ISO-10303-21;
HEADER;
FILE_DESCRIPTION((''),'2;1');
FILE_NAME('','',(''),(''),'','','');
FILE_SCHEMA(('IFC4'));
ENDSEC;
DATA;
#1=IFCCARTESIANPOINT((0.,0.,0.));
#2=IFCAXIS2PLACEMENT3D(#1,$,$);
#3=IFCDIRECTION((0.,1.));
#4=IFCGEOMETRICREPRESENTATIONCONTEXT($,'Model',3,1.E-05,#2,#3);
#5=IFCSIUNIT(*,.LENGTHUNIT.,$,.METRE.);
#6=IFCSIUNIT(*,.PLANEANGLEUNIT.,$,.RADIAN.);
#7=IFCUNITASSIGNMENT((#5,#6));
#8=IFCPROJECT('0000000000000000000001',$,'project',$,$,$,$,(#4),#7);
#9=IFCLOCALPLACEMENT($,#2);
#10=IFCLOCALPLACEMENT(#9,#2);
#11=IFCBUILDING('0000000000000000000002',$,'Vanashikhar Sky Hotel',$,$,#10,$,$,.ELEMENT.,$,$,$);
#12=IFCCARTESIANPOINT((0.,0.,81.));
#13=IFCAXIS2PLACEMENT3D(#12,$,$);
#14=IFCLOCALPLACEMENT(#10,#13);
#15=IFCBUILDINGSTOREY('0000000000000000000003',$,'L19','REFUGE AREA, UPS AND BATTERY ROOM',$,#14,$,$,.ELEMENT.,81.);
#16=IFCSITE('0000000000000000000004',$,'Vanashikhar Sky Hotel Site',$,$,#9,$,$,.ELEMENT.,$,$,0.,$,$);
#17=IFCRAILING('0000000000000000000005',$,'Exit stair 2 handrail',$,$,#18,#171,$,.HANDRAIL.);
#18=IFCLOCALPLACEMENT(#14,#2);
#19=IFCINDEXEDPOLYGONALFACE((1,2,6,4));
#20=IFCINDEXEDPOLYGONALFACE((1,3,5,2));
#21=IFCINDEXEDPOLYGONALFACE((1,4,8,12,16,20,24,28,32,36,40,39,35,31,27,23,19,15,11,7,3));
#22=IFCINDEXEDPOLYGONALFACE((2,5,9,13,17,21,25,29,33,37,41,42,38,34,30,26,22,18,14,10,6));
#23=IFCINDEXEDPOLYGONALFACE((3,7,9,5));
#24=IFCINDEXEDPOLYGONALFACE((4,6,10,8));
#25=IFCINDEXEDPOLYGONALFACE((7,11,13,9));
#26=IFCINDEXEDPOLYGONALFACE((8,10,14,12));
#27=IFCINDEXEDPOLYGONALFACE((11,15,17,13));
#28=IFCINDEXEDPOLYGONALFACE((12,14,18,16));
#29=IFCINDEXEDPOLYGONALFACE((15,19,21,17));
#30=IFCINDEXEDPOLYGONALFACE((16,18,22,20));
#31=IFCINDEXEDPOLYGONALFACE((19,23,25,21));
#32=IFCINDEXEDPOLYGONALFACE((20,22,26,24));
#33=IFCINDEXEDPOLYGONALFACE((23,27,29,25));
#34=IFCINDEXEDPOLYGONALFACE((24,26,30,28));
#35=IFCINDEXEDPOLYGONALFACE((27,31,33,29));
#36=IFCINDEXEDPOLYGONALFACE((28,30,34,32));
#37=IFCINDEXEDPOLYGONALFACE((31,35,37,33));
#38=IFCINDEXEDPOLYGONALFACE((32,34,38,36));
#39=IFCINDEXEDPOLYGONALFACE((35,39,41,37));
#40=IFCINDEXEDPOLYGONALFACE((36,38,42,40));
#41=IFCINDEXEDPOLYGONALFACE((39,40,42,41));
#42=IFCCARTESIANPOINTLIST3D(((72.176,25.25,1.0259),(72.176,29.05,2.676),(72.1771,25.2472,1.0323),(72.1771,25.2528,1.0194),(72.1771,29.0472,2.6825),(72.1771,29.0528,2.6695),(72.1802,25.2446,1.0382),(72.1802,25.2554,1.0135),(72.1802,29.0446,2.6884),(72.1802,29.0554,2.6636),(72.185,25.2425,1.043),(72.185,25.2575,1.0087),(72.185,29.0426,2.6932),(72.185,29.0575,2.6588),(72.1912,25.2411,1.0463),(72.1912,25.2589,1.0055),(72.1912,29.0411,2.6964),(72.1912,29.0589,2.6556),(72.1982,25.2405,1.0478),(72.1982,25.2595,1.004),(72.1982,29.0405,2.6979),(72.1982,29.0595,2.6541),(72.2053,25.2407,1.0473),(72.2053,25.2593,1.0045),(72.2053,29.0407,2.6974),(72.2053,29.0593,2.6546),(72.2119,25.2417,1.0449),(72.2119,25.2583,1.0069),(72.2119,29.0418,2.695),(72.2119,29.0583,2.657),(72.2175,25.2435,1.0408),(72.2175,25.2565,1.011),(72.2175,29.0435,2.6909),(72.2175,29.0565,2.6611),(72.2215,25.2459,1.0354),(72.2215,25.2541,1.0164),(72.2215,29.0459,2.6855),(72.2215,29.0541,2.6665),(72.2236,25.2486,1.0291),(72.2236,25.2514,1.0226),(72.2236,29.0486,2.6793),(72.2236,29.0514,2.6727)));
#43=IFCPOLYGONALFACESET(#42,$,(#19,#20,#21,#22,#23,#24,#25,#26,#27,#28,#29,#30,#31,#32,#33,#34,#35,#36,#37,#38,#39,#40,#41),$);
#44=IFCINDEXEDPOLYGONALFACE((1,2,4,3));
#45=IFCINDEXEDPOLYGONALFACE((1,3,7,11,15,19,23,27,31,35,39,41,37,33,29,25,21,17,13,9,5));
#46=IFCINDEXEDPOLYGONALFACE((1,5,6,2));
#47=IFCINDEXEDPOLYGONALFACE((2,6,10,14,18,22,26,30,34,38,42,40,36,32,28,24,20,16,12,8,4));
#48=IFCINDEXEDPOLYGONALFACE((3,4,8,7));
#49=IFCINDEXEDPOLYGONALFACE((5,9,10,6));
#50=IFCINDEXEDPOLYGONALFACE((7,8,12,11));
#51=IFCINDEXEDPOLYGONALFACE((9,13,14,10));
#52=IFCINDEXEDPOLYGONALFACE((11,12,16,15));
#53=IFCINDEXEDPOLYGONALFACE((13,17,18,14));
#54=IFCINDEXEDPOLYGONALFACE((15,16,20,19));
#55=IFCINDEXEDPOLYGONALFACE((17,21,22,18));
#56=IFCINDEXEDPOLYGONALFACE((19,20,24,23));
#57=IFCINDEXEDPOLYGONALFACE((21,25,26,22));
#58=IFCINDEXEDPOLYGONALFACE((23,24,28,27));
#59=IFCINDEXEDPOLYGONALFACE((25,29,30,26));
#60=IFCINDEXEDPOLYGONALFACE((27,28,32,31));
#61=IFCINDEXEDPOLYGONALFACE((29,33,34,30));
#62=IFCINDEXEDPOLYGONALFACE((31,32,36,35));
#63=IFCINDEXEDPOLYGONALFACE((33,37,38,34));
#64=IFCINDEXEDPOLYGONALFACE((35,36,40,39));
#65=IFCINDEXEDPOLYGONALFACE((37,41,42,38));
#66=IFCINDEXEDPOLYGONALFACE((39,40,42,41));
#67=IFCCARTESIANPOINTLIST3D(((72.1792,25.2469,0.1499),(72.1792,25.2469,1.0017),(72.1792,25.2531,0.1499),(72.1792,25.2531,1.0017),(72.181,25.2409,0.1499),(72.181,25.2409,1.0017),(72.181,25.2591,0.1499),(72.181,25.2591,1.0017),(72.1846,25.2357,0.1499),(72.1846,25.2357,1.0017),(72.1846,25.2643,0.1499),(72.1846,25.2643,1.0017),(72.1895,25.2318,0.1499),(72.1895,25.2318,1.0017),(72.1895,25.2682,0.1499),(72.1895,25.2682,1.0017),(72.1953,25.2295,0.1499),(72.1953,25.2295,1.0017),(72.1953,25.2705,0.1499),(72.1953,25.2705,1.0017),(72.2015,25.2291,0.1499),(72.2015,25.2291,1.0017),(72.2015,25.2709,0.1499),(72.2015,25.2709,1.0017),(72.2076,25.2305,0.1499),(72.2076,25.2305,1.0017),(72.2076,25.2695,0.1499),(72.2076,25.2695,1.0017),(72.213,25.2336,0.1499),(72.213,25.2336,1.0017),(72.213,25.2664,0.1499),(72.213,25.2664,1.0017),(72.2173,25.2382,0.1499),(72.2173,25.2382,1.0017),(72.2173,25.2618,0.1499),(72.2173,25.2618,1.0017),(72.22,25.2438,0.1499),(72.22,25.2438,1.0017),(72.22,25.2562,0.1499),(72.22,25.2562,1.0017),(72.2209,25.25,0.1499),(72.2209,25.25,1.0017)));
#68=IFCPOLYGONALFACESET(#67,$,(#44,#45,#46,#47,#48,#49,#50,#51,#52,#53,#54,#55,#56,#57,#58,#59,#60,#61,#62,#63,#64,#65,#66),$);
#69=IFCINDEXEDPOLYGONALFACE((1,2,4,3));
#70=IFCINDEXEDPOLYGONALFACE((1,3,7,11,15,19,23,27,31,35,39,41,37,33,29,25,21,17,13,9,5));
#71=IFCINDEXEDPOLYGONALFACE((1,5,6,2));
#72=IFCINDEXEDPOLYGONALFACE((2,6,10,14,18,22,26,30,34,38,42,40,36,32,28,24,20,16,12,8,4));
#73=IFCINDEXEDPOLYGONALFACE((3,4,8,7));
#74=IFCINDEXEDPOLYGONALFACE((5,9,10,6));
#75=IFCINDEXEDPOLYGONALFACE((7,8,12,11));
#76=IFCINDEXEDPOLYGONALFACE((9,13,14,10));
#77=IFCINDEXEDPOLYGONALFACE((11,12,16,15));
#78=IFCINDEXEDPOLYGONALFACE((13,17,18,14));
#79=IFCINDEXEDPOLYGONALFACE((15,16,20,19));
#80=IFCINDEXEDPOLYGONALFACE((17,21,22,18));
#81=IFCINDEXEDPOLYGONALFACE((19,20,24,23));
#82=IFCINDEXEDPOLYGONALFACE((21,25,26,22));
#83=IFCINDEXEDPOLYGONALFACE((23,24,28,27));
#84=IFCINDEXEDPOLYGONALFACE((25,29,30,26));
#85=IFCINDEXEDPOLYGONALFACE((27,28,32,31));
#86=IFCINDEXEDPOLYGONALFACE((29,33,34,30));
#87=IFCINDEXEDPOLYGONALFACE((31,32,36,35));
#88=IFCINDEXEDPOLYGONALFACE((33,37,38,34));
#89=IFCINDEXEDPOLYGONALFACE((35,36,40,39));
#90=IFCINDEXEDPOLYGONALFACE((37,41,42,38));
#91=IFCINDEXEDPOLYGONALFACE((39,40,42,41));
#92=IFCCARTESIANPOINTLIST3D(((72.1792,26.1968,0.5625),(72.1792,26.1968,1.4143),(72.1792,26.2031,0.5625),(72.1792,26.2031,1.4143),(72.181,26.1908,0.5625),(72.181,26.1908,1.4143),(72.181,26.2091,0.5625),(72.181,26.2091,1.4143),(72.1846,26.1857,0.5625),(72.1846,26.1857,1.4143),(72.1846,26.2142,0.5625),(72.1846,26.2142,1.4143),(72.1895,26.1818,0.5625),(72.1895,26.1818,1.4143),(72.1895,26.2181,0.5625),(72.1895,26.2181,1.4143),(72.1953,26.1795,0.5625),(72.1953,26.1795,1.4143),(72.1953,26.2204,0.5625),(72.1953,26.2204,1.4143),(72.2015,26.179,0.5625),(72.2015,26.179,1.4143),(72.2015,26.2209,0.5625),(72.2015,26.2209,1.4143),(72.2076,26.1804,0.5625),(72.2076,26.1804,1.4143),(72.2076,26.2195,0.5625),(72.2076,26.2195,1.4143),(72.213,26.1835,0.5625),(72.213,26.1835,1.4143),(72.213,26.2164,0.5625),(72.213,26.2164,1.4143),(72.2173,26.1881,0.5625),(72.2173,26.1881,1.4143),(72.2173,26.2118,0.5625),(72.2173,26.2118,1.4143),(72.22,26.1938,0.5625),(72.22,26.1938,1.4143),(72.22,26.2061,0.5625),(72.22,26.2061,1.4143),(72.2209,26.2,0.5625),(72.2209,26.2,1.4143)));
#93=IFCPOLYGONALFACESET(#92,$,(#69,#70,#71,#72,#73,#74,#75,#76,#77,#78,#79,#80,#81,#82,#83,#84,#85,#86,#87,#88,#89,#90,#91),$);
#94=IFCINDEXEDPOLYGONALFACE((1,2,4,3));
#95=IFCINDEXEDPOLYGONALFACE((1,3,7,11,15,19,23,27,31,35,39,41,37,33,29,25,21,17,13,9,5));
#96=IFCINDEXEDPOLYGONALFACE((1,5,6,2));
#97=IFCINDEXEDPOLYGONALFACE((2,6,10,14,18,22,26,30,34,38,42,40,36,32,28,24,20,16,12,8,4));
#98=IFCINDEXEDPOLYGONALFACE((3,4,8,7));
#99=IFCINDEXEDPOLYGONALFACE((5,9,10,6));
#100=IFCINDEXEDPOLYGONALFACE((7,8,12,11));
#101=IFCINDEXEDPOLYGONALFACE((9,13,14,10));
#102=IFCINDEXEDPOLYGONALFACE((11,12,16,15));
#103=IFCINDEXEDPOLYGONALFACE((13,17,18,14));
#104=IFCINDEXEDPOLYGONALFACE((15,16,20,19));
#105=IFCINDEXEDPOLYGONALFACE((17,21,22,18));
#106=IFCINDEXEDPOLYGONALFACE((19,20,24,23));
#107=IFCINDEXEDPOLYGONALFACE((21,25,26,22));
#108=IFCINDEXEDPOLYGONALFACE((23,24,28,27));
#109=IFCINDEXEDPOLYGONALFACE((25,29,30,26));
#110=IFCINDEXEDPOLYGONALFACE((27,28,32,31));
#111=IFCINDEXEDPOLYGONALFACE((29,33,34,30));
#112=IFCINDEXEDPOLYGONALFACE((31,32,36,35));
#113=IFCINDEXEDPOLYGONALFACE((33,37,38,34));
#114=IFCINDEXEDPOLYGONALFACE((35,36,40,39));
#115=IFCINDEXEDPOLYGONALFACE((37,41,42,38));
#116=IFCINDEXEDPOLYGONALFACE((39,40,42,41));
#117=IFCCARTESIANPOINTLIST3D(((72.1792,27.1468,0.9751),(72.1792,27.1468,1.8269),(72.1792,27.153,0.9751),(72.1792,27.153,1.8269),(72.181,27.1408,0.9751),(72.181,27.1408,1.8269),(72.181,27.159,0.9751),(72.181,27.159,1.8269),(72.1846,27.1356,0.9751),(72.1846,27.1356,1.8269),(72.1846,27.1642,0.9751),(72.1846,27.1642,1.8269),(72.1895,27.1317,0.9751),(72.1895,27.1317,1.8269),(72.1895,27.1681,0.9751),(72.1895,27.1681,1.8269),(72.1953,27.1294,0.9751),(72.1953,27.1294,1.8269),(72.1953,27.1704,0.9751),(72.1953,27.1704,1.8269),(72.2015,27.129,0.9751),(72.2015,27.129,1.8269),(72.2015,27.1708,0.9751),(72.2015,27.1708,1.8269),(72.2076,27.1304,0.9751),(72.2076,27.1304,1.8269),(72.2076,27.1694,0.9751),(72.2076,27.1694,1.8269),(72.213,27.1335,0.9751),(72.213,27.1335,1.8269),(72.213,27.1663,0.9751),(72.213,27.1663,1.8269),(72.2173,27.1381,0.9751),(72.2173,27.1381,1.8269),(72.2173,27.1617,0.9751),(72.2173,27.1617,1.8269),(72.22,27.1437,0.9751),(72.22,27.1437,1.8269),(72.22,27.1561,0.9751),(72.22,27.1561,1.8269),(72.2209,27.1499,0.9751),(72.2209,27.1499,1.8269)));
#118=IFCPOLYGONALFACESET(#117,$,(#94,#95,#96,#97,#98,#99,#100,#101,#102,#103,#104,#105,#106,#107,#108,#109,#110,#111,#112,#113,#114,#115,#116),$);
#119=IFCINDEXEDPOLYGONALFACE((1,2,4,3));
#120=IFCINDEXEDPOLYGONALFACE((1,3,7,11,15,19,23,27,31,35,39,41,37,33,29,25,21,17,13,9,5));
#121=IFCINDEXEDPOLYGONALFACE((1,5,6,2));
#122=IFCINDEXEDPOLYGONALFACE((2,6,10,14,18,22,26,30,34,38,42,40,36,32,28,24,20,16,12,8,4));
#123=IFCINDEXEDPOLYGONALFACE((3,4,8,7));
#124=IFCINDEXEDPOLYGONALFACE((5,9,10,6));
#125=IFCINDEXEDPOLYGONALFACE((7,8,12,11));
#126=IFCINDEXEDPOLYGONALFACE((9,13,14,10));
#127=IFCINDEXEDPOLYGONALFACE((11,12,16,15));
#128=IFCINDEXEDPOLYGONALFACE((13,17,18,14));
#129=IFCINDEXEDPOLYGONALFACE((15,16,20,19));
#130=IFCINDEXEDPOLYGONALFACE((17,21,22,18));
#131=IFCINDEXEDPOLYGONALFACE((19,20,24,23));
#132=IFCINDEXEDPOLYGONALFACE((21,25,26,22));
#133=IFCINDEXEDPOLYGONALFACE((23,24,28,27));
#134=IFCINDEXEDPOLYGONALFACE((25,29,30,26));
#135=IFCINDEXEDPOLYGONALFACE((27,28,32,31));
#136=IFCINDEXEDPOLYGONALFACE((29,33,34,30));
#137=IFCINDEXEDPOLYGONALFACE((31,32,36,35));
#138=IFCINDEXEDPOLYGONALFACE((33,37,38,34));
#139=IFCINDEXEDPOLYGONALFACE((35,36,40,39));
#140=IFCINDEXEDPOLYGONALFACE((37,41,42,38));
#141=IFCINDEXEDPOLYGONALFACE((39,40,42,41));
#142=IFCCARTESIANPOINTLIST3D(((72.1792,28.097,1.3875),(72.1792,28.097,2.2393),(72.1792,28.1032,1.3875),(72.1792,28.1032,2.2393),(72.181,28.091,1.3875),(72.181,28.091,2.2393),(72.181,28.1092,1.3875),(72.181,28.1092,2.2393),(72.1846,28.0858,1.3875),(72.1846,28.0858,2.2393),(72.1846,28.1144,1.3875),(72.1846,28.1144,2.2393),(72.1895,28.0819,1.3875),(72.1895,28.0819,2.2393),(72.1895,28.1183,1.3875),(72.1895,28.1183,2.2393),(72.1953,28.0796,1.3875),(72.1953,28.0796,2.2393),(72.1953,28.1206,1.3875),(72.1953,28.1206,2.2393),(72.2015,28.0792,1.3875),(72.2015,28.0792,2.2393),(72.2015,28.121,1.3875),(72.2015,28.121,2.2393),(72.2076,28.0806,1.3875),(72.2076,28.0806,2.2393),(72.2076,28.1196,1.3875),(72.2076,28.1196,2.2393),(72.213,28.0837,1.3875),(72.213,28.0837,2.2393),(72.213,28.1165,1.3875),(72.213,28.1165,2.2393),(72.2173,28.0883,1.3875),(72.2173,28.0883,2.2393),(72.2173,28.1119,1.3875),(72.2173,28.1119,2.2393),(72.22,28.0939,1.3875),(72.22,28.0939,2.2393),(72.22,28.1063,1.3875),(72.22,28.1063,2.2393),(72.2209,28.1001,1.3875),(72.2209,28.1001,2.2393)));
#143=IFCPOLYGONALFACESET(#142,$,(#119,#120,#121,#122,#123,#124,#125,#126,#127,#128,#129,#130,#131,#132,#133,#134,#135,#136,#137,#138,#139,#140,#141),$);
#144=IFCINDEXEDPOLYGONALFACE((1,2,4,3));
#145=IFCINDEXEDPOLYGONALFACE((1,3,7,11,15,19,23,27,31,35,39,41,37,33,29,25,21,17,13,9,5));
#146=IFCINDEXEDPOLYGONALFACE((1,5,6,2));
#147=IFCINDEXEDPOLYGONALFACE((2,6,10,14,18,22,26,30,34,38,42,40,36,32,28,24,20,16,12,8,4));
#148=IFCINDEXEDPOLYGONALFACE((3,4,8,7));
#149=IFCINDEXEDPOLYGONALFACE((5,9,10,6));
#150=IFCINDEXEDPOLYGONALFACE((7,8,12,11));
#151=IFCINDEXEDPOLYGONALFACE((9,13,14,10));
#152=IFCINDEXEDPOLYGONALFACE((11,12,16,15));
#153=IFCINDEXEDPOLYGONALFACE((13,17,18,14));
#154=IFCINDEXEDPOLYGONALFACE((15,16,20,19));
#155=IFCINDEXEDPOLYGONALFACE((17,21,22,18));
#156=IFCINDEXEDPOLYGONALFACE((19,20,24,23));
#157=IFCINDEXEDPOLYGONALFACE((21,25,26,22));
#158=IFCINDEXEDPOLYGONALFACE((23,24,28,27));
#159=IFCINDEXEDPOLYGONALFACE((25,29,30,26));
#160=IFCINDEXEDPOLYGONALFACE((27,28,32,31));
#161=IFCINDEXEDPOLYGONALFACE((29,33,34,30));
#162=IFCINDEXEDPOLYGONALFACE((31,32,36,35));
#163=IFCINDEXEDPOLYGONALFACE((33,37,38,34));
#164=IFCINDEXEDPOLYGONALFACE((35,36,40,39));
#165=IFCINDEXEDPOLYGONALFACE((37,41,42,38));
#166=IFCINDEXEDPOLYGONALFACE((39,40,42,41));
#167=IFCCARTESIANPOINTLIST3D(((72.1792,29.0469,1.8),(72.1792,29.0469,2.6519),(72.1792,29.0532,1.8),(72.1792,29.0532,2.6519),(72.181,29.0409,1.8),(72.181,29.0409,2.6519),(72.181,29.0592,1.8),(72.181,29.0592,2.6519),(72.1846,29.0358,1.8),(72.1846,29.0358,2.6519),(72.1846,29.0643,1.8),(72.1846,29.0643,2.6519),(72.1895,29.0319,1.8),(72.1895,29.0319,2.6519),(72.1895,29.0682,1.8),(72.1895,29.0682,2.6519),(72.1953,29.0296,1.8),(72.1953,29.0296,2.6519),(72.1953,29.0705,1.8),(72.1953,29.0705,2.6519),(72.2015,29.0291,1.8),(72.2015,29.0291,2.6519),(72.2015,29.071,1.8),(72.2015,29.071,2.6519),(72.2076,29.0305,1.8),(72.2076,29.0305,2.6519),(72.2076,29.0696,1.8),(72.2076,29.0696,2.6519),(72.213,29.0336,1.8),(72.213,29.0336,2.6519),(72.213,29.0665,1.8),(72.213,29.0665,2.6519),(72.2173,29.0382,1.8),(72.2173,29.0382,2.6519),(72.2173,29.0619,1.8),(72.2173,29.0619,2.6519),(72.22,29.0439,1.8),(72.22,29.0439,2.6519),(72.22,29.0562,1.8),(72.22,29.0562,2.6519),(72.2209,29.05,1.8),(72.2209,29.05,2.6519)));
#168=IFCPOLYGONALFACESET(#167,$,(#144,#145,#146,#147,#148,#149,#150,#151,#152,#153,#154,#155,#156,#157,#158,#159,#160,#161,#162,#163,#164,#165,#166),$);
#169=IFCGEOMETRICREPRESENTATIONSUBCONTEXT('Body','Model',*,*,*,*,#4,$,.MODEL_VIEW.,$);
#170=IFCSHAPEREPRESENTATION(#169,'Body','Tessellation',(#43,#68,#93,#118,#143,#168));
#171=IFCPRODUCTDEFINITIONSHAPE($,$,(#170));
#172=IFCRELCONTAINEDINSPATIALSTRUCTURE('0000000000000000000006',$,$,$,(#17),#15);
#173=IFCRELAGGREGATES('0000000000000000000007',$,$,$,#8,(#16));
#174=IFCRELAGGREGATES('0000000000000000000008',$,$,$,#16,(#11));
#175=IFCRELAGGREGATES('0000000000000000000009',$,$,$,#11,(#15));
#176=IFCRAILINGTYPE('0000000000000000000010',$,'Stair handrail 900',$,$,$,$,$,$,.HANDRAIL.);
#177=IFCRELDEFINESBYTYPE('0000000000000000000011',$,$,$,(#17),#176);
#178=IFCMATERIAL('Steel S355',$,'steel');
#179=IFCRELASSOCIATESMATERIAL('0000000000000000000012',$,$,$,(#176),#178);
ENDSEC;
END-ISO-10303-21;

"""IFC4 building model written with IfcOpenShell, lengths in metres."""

from ifc_helpers import new_model, si_unit, direction, frame, origin, origin_2d, place, context, subcontext, project, spatial, circle, extrude, source, transform, mapped, material, type_object, element, save


model = new_model("IFC4")

# Units and contexts
model_context = context("Model", 3, precision=1e-05, world=origin(), true_north=direction((0.0, 1.0)))
body_context = subcontext(model_context, "Body", "Model", "MODEL_VIEW")
ifc_project = project(units=[si_unit("LENGTHUNIT", "METRE"), si_unit("PLANEANGLEUNIT", "RADIAN")], contexts=[model_context])

# Site, building, storey
site_placement = place(None, origin())
site = spatial("IfcSite", under=ifc_project, at=site_placement, Name="Vanashikhar Sky Hotel Site", CompositionType="ELEMENT", RefElevation=0.0)
building_placement = place(site_placement, origin())
building = spatial("IfcBuilding", under=site, at=building_placement, Name="Vanashikhar Sky Hotel", CompositionType="ELEMENT")
storey_placement = place(building_placement, frame((0.0, 0.0, 81.0)))
storey = spatial("IfcBuildingStorey", under=building, at=storey_placement, Name="L19", Description="REFUGE AREA, UPS AND BATTERY ROOM", CompositionType="ELEMENT", Elevation=81.0)

# Railing
ifc_material_1 = material(Name="Steel S355", Category="steel")
railing_type_1 = type_object("IfcRailingType", Name="Stair handrail 900", PredefinedType="HANDRAIL", material=ifc_material_1)
shared_shape_1 = source(origin(), body_context, "Body", "SweptSolid", [
    extrude(circle(Radius=0.0239, at=origin_2d()), frame((0.0, 0.0, 0.876), z_axis=(0.0, 0.917251, 0.39831), x_axis=(-1.0, 0.0, 0.0)), (0.0, 0.0, 1.0), 4.1428),
    extrude(circle(Radius=0.021, at=origin_2d()), origin(), (0.0, 0.0, 1.0), 0.8518),
    extrude(circle(Radius=0.021, at=origin_2d()), frame((0.0, 0.95, 0.4126)), (0.0, 0.0, 1.0), 0.8518),
    extrude(circle(Radius=0.021, at=origin_2d()), frame((0.0, 1.8999, 0.8252)), (0.0, 0.0, 1.0), 0.8518),
    extrude(circle(Radius=0.021, at=origin_2d()), frame((0.0, 2.8501, 1.2375)), (0.0, 0.0, 1.0), 0.8518),
    extrude(circle(Radius=0.021, at=origin_2d()), frame((0.0, 3.8, 1.6501)), (0.0, 0.0, 1.0), 0.8518),
])
for number, where, name in (
    (1, (72.2, 25.25, 0.1499), "Exit stair 2 handrail"),
):
    element("IfcRailing", number, at=place(storey_placement, frame(where)), inside=storey, type_object=railing_type_1, Name=name, PredefinedType="HANDRAIL", context=body_context, shape_type="MappedRepresentation", body=[
        mapped(shared_shape_1, transform((0.0, 0.0, 0.0), scale=1.0)),
    ])

save(model, "model.ifc")
